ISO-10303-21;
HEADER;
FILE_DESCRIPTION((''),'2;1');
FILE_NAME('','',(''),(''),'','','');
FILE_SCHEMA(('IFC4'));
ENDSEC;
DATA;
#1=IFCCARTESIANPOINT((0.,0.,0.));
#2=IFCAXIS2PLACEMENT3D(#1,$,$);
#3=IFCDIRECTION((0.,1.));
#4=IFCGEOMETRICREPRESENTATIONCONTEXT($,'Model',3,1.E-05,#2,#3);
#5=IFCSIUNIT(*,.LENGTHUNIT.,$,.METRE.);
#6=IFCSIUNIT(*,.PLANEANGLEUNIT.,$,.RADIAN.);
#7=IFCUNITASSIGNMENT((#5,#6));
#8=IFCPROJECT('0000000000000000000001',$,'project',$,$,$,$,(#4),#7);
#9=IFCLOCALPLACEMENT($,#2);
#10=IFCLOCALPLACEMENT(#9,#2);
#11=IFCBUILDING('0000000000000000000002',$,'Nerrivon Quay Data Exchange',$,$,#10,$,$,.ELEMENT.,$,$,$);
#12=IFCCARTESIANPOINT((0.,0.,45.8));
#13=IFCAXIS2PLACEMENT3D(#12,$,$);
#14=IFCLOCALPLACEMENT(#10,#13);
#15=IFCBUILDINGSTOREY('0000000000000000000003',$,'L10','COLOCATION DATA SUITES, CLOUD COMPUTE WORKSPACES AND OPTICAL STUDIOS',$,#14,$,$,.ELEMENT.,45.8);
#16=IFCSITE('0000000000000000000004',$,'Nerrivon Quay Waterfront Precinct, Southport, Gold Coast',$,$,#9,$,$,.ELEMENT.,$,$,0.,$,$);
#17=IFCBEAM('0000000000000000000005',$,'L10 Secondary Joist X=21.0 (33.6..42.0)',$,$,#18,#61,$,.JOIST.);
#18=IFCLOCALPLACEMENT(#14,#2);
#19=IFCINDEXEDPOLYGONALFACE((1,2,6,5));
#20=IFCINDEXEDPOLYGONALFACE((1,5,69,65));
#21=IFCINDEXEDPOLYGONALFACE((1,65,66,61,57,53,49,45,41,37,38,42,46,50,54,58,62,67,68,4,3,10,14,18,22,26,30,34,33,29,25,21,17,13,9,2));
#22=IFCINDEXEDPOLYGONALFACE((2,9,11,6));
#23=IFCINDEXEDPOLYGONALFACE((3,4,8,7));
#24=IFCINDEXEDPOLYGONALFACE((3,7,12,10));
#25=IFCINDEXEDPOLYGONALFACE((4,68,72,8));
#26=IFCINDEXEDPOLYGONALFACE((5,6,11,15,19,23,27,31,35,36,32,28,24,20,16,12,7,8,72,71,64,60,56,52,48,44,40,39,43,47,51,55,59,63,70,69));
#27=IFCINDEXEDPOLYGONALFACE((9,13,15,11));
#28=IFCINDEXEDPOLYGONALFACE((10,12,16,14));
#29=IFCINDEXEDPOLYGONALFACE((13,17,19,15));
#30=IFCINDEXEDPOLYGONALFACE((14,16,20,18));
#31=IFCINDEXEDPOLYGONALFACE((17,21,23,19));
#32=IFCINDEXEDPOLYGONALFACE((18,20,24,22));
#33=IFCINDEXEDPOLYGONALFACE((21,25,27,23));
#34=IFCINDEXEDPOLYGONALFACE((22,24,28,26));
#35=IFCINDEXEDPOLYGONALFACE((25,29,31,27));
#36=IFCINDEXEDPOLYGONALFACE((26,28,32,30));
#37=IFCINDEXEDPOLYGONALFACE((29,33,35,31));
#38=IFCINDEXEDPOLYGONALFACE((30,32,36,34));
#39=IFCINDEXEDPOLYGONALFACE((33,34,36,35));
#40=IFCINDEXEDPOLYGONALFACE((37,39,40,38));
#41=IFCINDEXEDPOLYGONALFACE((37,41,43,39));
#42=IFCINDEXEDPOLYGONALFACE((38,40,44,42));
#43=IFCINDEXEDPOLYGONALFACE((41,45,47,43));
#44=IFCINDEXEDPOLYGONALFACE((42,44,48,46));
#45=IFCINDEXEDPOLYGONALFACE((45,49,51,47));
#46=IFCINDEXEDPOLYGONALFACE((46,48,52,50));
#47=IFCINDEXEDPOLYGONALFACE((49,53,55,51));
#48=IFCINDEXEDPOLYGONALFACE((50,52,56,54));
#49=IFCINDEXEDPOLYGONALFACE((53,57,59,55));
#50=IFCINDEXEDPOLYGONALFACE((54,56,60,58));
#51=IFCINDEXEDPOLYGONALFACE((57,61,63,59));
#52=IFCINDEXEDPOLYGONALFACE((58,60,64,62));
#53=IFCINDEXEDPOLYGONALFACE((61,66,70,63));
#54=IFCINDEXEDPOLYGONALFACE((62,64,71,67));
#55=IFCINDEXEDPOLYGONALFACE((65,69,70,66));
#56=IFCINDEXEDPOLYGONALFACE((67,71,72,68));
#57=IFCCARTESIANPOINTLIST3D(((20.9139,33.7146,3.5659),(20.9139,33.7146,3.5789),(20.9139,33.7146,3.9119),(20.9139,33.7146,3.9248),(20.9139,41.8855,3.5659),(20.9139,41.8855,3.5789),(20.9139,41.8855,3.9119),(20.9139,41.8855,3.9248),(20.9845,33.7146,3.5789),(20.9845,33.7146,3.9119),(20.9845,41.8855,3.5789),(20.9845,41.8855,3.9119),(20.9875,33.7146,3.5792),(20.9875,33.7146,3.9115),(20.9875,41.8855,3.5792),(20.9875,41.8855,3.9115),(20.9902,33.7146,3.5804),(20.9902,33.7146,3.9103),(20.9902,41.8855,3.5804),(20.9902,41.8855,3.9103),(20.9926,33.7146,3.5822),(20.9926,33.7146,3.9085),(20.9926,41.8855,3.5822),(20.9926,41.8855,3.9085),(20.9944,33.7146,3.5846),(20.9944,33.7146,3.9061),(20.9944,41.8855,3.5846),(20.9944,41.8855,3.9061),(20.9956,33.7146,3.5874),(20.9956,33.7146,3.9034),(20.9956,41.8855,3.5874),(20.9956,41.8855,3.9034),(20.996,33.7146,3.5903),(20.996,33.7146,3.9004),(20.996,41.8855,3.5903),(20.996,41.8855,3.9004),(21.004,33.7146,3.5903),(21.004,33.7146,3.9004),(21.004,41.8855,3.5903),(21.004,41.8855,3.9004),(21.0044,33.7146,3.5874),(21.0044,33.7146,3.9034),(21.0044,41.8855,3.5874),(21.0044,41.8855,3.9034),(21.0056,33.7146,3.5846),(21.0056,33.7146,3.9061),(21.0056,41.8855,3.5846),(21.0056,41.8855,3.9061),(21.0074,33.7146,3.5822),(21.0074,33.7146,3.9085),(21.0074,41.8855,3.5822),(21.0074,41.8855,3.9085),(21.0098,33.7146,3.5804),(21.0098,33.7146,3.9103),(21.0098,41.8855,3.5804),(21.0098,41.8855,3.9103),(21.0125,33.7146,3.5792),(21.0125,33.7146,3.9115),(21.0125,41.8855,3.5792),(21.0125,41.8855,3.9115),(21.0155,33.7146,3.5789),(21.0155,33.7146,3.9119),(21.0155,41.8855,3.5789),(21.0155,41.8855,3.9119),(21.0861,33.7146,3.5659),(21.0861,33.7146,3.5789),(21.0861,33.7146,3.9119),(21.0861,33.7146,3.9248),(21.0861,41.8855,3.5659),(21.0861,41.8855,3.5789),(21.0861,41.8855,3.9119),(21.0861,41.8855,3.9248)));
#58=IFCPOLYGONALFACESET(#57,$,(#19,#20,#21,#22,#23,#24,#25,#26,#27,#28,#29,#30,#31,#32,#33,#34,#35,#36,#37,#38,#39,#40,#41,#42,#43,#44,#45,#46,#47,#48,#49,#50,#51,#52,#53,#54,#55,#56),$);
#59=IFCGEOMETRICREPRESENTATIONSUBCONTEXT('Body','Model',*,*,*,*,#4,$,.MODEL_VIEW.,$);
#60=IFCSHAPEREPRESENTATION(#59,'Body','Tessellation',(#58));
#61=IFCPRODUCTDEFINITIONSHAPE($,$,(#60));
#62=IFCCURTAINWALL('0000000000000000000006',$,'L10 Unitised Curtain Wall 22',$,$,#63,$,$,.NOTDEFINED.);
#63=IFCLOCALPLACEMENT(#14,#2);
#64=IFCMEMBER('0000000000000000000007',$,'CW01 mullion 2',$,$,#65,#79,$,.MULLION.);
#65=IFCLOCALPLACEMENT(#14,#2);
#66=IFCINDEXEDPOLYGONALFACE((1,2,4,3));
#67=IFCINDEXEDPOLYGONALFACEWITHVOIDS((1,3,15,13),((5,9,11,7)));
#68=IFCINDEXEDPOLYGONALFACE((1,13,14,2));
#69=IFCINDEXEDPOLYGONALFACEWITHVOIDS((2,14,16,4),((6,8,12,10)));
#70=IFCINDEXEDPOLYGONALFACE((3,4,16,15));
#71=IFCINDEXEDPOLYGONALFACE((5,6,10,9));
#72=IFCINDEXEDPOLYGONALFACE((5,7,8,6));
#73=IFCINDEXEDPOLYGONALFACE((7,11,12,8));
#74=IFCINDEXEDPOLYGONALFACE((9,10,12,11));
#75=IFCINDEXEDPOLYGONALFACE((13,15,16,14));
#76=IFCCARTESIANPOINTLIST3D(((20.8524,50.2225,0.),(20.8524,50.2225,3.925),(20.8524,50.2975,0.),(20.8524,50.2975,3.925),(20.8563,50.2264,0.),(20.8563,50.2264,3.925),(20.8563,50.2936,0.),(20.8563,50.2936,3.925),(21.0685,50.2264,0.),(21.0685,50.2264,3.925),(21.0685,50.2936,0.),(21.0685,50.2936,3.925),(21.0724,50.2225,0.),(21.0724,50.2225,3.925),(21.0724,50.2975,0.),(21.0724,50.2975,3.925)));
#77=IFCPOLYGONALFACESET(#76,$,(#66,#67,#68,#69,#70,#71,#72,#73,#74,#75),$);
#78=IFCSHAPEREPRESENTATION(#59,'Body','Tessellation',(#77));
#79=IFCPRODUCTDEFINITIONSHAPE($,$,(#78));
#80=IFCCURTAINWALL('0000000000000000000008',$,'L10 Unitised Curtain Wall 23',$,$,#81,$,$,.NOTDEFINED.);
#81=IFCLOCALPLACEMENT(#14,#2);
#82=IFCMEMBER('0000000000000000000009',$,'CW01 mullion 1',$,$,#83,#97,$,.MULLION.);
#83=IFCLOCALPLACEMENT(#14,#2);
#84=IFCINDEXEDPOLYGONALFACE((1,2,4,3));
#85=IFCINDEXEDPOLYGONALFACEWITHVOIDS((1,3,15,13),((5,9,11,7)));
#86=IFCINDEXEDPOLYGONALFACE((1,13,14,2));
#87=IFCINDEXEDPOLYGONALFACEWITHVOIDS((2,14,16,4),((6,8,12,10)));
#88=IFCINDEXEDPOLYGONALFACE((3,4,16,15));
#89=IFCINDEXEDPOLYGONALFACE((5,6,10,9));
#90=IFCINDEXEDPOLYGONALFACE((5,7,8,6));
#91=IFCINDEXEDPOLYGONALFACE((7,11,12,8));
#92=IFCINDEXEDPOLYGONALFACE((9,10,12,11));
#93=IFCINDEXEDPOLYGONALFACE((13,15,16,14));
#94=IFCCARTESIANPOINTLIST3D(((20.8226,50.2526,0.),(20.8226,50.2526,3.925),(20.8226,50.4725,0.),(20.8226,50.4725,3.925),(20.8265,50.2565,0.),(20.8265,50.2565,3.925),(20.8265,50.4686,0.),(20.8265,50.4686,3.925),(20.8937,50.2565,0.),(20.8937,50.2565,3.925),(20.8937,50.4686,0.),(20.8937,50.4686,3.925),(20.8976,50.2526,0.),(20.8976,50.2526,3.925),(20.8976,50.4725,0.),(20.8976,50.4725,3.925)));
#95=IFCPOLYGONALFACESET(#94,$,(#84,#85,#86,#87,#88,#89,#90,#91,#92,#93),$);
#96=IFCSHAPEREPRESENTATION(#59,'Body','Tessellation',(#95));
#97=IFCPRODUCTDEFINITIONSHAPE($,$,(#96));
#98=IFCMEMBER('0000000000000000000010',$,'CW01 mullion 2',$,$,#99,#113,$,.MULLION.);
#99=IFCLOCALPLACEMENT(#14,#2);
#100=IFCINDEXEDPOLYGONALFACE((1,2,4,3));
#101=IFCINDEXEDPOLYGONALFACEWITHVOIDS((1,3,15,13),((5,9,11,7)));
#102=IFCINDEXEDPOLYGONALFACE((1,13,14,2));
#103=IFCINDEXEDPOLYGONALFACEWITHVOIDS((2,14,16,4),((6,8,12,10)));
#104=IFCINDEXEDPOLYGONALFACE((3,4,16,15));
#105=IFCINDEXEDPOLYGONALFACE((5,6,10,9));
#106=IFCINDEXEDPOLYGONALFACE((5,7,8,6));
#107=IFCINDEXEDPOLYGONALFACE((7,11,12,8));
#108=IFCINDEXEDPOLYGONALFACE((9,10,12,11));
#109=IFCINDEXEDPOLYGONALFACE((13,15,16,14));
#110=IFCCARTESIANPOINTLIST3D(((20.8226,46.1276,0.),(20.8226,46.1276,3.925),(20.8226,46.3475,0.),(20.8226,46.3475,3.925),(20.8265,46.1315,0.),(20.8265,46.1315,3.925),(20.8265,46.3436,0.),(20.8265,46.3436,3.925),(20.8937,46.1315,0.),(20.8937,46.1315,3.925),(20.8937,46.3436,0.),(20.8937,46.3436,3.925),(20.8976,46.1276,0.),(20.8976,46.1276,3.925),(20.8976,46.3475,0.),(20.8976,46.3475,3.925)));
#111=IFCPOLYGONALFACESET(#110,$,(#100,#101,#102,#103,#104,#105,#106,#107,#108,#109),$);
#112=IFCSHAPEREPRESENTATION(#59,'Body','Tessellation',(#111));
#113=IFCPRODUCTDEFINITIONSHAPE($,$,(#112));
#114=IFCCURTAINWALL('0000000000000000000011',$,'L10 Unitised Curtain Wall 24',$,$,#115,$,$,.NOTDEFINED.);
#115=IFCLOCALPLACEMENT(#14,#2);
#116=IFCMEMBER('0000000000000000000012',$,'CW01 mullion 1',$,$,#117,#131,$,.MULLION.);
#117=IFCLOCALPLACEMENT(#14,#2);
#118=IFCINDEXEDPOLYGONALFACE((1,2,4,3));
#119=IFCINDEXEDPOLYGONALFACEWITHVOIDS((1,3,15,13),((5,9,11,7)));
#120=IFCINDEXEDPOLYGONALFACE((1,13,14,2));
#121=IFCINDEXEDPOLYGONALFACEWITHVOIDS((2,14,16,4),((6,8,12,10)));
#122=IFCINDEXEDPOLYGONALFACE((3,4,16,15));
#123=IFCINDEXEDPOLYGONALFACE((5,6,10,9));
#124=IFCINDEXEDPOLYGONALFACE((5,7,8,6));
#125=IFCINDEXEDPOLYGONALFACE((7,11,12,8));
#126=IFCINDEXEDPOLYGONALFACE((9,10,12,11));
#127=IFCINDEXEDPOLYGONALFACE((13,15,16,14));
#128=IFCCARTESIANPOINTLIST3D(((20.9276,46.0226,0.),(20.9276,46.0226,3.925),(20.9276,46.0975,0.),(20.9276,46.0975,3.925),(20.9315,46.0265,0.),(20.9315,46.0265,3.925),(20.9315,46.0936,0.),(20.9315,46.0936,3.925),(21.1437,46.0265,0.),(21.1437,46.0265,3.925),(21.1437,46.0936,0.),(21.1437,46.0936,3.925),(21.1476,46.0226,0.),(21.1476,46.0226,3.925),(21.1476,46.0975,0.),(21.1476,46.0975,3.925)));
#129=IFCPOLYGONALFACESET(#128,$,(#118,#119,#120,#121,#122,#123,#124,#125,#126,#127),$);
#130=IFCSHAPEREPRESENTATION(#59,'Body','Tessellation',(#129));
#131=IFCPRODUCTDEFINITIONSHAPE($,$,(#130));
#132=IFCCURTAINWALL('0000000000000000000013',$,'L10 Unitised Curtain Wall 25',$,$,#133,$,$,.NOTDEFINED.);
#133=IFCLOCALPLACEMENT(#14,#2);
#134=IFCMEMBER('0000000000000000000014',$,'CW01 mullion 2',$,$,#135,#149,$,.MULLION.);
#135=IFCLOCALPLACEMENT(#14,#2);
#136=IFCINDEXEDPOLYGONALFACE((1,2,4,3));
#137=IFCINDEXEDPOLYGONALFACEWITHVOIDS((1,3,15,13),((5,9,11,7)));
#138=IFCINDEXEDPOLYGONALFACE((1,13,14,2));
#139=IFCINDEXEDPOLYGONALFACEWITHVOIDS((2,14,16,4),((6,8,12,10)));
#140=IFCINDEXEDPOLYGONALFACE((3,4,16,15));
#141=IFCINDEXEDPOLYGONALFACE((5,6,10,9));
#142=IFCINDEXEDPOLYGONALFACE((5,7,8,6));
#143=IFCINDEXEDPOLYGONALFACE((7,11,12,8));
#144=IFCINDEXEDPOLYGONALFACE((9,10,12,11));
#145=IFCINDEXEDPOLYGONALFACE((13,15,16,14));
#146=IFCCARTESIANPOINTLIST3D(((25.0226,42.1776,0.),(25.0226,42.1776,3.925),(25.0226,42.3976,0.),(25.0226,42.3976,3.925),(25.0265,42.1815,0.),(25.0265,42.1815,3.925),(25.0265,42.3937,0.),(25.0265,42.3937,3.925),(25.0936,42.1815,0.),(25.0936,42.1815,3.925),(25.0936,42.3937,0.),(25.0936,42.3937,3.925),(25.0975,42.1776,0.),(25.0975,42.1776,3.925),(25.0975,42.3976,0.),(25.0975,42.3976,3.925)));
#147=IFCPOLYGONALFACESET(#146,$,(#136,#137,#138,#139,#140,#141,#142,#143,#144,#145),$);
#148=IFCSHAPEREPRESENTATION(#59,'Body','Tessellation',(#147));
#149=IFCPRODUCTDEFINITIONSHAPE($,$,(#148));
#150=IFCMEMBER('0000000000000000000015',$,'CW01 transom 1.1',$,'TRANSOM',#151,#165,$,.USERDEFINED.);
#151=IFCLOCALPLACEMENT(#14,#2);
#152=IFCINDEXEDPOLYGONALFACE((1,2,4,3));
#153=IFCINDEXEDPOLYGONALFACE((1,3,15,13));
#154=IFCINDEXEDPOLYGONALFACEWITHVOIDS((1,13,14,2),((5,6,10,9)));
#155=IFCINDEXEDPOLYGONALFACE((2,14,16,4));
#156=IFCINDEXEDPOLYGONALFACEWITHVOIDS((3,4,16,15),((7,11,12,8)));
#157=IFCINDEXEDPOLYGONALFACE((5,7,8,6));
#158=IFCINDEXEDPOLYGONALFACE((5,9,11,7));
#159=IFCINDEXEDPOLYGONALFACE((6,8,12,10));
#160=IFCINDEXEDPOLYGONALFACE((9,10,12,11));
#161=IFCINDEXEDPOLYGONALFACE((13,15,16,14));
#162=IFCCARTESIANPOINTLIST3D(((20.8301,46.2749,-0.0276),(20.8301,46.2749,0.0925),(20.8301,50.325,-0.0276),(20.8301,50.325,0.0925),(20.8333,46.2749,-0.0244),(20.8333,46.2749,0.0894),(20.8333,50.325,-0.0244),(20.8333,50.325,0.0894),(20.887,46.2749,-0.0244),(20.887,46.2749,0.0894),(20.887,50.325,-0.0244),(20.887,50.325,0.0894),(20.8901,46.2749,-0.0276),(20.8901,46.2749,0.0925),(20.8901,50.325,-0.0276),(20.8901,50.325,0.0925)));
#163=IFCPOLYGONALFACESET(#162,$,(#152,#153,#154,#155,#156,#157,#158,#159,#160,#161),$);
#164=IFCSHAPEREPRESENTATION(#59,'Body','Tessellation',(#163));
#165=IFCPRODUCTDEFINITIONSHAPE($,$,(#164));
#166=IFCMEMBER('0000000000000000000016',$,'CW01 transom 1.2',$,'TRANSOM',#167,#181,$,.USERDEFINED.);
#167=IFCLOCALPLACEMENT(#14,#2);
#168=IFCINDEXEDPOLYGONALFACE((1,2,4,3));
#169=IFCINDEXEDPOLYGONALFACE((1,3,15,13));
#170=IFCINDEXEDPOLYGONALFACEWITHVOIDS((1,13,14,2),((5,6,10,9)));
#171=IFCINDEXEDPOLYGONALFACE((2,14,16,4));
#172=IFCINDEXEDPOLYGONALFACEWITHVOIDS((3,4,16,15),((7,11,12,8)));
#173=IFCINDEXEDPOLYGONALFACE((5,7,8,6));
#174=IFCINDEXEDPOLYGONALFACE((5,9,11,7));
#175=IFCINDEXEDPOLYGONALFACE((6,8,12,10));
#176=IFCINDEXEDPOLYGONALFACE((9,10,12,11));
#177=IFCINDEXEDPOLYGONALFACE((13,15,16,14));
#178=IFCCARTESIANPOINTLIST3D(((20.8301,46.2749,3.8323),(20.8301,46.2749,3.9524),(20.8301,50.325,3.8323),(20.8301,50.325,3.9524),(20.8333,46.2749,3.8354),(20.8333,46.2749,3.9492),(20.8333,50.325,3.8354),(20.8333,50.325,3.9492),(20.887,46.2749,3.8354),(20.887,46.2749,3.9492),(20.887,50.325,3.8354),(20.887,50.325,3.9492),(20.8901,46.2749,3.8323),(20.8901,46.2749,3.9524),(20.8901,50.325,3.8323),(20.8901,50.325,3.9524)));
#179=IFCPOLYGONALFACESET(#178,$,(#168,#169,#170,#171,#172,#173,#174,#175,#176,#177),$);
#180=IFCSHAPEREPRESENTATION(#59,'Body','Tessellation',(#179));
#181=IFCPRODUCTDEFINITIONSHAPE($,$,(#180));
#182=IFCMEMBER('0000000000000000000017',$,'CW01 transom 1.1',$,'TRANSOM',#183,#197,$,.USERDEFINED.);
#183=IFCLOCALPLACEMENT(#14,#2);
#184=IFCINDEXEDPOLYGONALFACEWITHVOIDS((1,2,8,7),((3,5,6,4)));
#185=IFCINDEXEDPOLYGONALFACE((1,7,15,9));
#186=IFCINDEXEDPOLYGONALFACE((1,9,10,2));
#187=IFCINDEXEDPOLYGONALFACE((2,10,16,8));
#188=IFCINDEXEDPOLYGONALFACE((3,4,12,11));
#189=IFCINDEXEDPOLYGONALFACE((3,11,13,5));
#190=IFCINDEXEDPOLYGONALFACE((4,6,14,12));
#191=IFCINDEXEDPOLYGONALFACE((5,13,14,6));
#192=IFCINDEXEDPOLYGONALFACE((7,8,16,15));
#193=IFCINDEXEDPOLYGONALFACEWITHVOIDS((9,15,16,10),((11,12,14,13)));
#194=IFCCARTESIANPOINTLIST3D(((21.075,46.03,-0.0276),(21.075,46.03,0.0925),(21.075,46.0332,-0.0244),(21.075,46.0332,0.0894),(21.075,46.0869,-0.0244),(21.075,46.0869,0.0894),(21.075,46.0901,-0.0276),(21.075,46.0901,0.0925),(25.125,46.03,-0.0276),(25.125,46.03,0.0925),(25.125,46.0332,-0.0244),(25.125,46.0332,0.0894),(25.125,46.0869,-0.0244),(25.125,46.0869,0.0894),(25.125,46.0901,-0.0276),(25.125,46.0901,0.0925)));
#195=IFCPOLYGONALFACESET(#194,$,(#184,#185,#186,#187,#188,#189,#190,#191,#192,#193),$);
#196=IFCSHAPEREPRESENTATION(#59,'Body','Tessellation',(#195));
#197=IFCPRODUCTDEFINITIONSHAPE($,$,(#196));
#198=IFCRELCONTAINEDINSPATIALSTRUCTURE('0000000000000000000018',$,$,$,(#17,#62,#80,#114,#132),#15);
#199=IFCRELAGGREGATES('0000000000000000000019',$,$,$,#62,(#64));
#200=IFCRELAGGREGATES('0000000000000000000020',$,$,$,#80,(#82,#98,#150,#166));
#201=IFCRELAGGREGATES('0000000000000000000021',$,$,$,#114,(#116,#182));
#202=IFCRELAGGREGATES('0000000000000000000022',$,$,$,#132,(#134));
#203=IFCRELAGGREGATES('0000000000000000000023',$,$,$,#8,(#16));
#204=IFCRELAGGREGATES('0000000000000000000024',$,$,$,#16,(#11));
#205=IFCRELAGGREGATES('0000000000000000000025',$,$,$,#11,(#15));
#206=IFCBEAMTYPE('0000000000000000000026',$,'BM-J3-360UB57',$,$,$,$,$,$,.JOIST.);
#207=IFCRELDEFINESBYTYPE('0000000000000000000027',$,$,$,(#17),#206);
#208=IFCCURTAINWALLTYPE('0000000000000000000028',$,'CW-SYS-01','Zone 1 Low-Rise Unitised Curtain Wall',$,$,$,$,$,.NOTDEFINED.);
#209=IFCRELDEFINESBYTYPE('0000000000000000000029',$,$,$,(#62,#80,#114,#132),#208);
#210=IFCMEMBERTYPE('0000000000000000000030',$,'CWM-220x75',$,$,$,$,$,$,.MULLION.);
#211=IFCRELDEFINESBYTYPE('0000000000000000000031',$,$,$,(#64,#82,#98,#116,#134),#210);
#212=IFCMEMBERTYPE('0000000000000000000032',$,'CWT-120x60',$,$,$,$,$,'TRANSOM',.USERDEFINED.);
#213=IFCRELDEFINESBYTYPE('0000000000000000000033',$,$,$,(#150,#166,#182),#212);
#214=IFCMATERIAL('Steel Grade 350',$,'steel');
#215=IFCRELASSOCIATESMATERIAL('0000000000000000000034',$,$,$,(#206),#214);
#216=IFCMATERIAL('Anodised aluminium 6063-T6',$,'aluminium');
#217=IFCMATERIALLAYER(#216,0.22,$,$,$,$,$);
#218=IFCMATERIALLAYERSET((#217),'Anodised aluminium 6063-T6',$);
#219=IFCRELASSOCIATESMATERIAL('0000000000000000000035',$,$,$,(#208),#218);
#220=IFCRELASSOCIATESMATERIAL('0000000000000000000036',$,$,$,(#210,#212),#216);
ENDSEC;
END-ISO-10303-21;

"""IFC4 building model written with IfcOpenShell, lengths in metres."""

from ifc_helpers import new_model, si_unit, direction, frame, origin, origin_2d, place, context, subcontext, project, spatial, hollow_rectangle, i_section, extrude, material, layer, layer_set, material_profile, profile_set, type_object, element, aggregate, save


model = new_model("IFC4")

# Units and contexts
model_context = context("Model", 3, precision=1e-05, world=origin(), true_north=direction((0.0, 1.0)))
body_context = subcontext(model_context, "Body", "Model", "MODEL_VIEW")
ifc_project = project(units=[si_unit("LENGTHUNIT", "METRE"), si_unit("PLANEANGLEUNIT", "RADIAN")], contexts=[model_context])

# Site, building, storey
site_placement = place(None, origin())
site = spatial("IfcSite", under=ifc_project, at=site_placement, Name="Nerrivon Quay Waterfront Precinct, Southport, Gold Coast", CompositionType="ELEMENT", RefElevation=0.0)
building_placement = place(site_placement, origin())
building = spatial("IfcBuilding", under=site, at=building_placement, Name="Nerrivon Quay Data Exchange", CompositionType="ELEMENT")
storey_placement = place(building_placement, frame((0.0, 0.0, 45.8)))
storey = spatial("IfcBuildingStorey", under=building, at=storey_placement, Name="L10", Description="COLOCATION DATA SUITES, CLOUD COMPUTE WORKSPACES AND OPTICAL STUDIOS", CompositionType="ELEMENT", Elevation=45.8)

# Beam
ifc_material_1 = material(Name="Steel Grade 350", Category="steel")
ifc_material_profile_1 = material_profile(ifc_material_1, i_section(OverallWidth=0.1721, OverallDepth=0.3589, WebThickness=0.0081, FlangeThickness=0.0129, FilletRadius=0.0115, at=origin_2d()), Name="360UB56.7")
ifc_profile_set_1 = profile_set([ifc_material_profile_1], Name="Steel Grade 350")
beam_type_1 = type_object("IfcBeamType", Name="BM-J3-360UB57", PredefinedType="JOIST", material=ifc_profile_set_1)
beam_1_placement = place(storey_placement, frame((21.0, 33.7146, 3.7454), z_axis=(0.0, 1.0, 0.0), x_axis=(-1.0, 0.0, 0.0)))
element("IfcBeam", 1, at=beam_1_placement, inside=storey, type_object=beam_type_1, Name="L10 Secondary Joist X=21.0 (33.6..42.0)", PredefinedType="JOIST", context=body_context, shape_type="SweptSolid", body=[
    extrude(i_section(OverallWidth=0.1721, OverallDepth=0.3589, WebThickness=0.0081, FlangeThickness=0.0129, FilletRadius=0.0115, at=origin_2d()), origin(), (0.0, 0.0, 1.0), 8.1709),
])

# Curtain wall, member
ifc_material_2 = material(Name="Anodised aluminium 6063-T6", Category="aluminium")
ifc_layer_1 = layer(ifc_material_2, 0.22)
ifc_layer_set_1 = layer_set([ifc_layer_1], Name="Anodised aluminium 6063-T6")
curtain_wall_type = type_object("IfcCurtainWallType", Name="CW-SYS-01", Description="Zone 1 Low-Rise Unitised Curtain Wall", PredefinedType="NOTDEFINED", material=ifc_layer_set_1)
curtain_wall_1_placement = place(storey_placement, origin())
curtain_wall_1 = element("IfcCurtainWall", 2, at=curtain_wall_1_placement, inside=storey, type_object=curtain_wall_type, Name="L10 Unitised Curtain Wall 22", PredefinedType="NOTDEFINED")
ifc_material_profile_2 = material_profile(ifc_material_2, hollow_rectangle(XDim=0.075, YDim=0.22, WallThickness=0.0039, at=origin_2d()), Name="ALU-MULL-220x75")
ifc_profile_set_2 = profile_set([ifc_material_profile_2], Name="Anodised aluminium 6063-T6")
member_type_1 = type_object("IfcMemberType", Name="CWM-220x75", PredefinedType="MULLION", material=ifc_profile_set_2)
member_1_placement = place(storey_placement, frame((20.9624, 50.26, 0.0), z_axis=(0.0, 0.0, 1.0), x_axis=(0.0, 1.0, 0.0)))
member_1 = element("IfcMember", 3, at=member_1_placement, type_object=member_type_1, Name="CW01 mullion 2", PredefinedType="MULLION", context=body_context, shape_type="SweptSolid", body=[
    extrude(hollow_rectangle(XDim=0.075, YDim=0.22, WallThickness=0.0039, at=origin_2d()), origin(), (0.0, 0.0, 1.0), 3.925),
])

# Curtain wall, members
curtain_wall_2_placement = place(storey_placement, origin())
curtain_wall_2 = element("IfcCurtainWall", 4, at=curtain_wall_2_placement, inside=storey, type_object=curtain_wall_type, Name="L10 Unitised Curtain Wall 23", PredefinedType="NOTDEFINED")
member_2_placement = place(storey_placement, frame((20.8601, 50.3625, 0.0), z_axis=(0.0, 0.0, 1.0), x_axis=(1.0, 0.0, 0.0)))
member_2 = element("IfcMember", 5, at=member_2_placement, type_object=member_type_1, Name="CW01 mullion 1", PredefinedType="MULLION", context=body_context, shape_type="SweptSolid", body=[
    extrude(hollow_rectangle(XDim=0.075, YDim=0.22, WallThickness=0.0039, at=origin_2d()), origin(), (0.0, 0.0, 1.0), 3.925),
])
member_3_placement = place(storey_placement, frame((20.8601, 46.2375, 0.0), z_axis=(0.0, 0.0, 1.0), x_axis=(1.0, 0.0, 0.0)))
member_3 = element("IfcMember", 6, at=member_3_placement, type_object=member_type_1, Name="CW01 mullion 2", PredefinedType="MULLION", context=body_context, shape_type="SweptSolid", body=[
    extrude(hollow_rectangle(XDim=0.075, YDim=0.22, WallThickness=0.0039, at=origin_2d()), origin(), (0.0, 0.0, 1.0), 3.925),
])

# Curtain walls, members
curtain_wall_3_placement = place(storey_placement, origin())
curtain_wall_3 = element("IfcCurtainWall", 7, at=curtain_wall_3_placement, inside=storey, type_object=curtain_wall_type, Name="L10 Unitised Curtain Wall 24", PredefinedType="NOTDEFINED")
member_4_placement = place(storey_placement, frame((21.0376, 46.0601, 0.0), z_axis=(0.0, 0.0, 1.0), x_axis=(0.0, 1.0, 0.0)))
member_4 = element("IfcMember", 8, at=member_4_placement, type_object=member_type_1, Name="CW01 mullion 1", PredefinedType="MULLION", context=body_context, shape_type="SweptSolid", body=[
    extrude(hollow_rectangle(XDim=0.075, YDim=0.22, WallThickness=0.0039, at=origin_2d()), origin(), (0.0, 0.0, 1.0), 3.925),
])
curtain_wall_4_placement = place(storey_placement, origin())
curtain_wall_4 = element("IfcCurtainWall", 9, at=curtain_wall_4_placement, inside=storey, type_object=curtain_wall_type, Name="L10 Unitised Curtain Wall 25", PredefinedType="NOTDEFINED")
member_5_placement = place(storey_placement, frame((25.0601, 42.2876, 0.0), z_axis=(0.0, 0.0, 1.0), x_axis=(1.0, 0.0, 0.0)))
member_5 = element("IfcMember", 10, at=member_5_placement, type_object=member_type_1, Name="CW01 mullion 2", PredefinedType="MULLION", context=body_context, shape_type="SweptSolid", body=[
    extrude(hollow_rectangle(XDim=0.075, YDim=0.22, WallThickness=0.0039, at=origin_2d()), origin(), (0.0, 0.0, 1.0), 3.925),
])

# Members
ifc_material_profile_3 = material_profile(ifc_material_2, hollow_rectangle(XDim=0.0601, YDim=0.1201, WallThickness=0.0032, at=origin_2d()), Name="ALU-TRAN-120x60")
ifc_profile_set_3 = profile_set([ifc_material_profile_3], Name="Anodised aluminium 6063-T6")
member_type_2 = type_object("IfcMemberType", Name="CWT-120x60", ElementType="TRANSOM", PredefinedType="USERDEFINED", material=ifc_profile_set_3)
member_6_placement = place(storey_placement, frame((20.8601, 50.325, 0.0325), z_axis=(0.0, -1.0, 0.0), x_axis=(1.0, 0.0, 0.0)))
member_6 = element("IfcMember", 11, at=member_6_placement, type_object=member_type_2, Name="CW01 transom 1.1", ObjectType="TRANSOM", PredefinedType="USERDEFINED", context=body_context, shape_type="SweptSolid", body=[
    extrude(hollow_rectangle(XDim=0.0601, YDim=0.1201, WallThickness=0.0032, at=origin_2d()), origin(), (0.0, 0.0, 1.0), 4.05),
])
member_7_placement = place(storey_placement, frame((20.8601, 50.325, 3.8923), z_axis=(0.0, -1.0, 0.0), x_axis=(1.0, 0.0, 0.0)))
member_7 = element("IfcMember", 12, at=member_7_placement, type_object=member_type_2, Name="CW01 transom 1.2", ObjectType="TRANSOM", PredefinedType="USERDEFINED", context=body_context, shape_type="SweptSolid", body=[
    extrude(hollow_rectangle(XDim=0.0601, YDim=0.1201, WallThickness=0.0032, at=origin_2d()), origin(), (0.0, 0.0, 1.0), 4.05),
])
member_8_placement = place(storey_placement, frame((21.075, 46.0601, 0.0325), z_axis=(1.0, 0.0, 0.0), x_axis=(0.0, 1.0, 0.0)))
member_8 = element("IfcMember", 13, at=member_8_placement, type_object=member_type_2, Name="CW01 transom 1.1", ObjectType="TRANSOM", PredefinedType="USERDEFINED", context=body_context, shape_type="SweptSolid", body=[
    extrude(hollow_rectangle(XDim=0.0601, YDim=0.1201, WallThickness=0.0032, at=origin_2d()), origin(), (0.0, 0.0, 1.0), 4.05),
])

aggregate(curtain_wall_1, [member_1])
aggregate(curtain_wall_2, [member_2, member_3, member_6, member_7])
aggregate(curtain_wall_3, [member_4, member_8])
aggregate(curtain_wall_4, [member_5])

save(model, "model.ifc")
